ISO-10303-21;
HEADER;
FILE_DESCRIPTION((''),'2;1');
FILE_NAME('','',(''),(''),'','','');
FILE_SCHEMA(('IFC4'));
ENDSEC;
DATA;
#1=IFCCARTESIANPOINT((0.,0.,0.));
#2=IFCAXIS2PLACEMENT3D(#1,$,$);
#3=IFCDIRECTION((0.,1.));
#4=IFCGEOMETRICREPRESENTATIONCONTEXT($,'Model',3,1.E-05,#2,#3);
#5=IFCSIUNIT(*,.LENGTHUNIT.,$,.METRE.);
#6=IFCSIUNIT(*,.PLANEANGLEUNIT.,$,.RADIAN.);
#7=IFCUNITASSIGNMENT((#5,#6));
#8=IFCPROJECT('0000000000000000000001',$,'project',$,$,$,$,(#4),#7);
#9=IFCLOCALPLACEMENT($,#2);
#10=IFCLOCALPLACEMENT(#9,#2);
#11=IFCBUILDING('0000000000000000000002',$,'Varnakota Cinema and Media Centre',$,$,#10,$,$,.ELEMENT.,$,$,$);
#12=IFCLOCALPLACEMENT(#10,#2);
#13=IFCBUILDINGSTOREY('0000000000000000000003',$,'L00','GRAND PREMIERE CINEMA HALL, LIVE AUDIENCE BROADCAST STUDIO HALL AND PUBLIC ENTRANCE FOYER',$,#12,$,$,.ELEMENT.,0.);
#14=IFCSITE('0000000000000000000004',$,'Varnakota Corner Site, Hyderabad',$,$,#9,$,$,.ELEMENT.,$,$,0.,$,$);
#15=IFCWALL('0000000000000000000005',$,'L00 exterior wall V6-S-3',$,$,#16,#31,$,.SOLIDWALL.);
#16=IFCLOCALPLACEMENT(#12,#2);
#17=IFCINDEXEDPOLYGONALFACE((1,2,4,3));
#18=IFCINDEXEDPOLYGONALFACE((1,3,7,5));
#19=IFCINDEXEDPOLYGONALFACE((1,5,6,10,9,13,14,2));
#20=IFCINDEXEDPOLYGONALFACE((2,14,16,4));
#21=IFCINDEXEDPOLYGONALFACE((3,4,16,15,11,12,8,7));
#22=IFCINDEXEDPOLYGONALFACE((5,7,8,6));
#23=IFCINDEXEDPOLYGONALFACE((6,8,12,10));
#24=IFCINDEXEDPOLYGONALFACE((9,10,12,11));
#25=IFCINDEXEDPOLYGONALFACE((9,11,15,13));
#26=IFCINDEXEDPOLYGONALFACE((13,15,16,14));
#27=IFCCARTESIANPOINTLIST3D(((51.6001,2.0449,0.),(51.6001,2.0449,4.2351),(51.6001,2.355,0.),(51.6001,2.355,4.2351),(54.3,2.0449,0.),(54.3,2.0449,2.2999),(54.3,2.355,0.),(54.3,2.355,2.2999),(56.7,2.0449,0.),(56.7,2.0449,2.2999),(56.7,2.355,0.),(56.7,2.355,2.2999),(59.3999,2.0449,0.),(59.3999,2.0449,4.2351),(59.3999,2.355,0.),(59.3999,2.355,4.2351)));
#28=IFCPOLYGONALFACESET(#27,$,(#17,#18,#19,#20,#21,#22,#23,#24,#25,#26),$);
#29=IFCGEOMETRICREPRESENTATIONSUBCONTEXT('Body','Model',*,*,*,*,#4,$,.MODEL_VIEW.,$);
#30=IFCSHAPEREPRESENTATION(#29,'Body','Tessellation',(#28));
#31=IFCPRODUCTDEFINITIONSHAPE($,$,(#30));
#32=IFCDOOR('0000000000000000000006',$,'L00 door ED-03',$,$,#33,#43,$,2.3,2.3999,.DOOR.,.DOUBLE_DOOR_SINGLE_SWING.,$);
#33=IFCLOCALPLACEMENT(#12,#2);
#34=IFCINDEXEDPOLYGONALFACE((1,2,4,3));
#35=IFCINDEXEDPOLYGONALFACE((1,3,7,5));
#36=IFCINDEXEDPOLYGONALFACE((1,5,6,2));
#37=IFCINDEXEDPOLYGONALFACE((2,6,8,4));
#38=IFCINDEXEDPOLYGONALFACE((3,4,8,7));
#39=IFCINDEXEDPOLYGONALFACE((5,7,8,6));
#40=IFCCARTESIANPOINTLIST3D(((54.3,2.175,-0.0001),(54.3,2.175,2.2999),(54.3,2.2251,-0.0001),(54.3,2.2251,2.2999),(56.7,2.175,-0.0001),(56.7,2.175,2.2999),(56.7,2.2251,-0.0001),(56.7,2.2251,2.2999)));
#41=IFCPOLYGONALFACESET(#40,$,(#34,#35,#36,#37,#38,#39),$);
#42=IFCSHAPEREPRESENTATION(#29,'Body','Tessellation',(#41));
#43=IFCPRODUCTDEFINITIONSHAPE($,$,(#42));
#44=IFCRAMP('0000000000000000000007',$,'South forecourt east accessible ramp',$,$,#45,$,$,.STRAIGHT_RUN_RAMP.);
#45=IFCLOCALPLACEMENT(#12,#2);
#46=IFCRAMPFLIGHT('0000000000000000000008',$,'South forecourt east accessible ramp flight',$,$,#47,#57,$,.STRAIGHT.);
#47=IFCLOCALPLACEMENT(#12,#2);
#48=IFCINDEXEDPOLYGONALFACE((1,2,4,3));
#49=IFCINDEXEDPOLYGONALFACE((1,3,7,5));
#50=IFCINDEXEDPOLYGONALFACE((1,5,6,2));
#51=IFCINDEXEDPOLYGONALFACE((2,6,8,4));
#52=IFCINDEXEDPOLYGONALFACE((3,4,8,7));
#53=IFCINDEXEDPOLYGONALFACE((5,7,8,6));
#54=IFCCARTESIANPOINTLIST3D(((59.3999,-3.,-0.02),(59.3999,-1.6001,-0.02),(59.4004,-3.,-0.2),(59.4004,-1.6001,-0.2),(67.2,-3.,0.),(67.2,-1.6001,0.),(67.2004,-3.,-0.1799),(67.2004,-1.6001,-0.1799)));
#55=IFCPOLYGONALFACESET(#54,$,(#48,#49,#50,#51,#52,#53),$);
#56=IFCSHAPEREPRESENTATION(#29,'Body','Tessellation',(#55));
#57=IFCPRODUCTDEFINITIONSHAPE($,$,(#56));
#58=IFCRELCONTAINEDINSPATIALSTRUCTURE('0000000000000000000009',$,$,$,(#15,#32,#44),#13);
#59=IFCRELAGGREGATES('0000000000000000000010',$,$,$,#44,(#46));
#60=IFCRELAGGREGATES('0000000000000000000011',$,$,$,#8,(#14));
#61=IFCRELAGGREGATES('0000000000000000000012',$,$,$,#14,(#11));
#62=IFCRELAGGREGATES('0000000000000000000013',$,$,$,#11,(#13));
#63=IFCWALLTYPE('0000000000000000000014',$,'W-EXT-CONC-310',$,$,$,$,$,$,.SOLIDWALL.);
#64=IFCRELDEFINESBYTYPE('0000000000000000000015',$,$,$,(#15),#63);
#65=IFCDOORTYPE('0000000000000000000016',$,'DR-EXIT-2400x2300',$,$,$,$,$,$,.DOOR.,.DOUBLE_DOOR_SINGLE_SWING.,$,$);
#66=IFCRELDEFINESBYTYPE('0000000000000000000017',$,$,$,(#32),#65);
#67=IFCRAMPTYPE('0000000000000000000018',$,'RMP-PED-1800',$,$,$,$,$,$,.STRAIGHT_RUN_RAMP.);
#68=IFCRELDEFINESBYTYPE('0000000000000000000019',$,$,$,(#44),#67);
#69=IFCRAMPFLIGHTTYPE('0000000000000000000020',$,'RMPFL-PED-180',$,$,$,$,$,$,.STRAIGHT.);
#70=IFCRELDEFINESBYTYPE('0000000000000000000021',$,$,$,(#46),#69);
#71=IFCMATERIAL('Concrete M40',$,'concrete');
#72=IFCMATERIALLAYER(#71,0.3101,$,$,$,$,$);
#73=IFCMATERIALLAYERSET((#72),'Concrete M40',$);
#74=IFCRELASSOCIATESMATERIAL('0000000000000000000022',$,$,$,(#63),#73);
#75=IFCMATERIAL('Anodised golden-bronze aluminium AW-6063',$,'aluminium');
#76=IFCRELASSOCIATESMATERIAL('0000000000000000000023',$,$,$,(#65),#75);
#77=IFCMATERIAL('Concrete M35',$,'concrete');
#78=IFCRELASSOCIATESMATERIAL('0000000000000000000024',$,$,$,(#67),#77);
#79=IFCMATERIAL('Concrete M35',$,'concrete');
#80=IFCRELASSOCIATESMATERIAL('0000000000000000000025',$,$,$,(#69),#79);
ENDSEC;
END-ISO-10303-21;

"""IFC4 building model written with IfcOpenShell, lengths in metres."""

from ifc_helpers import new_model, si_unit, direction, frame, frame_2d, origin, place, context, subcontext, project, spatial, polyline, rectangle, outline, extrude, material, layer, layer_set, type_object, element, fill, aggregate, save


model = new_model("IFC4")

# Units and contexts
model_context = context("Model", 3, precision=1e-05, world=origin(), true_north=direction((0.0, 1.0)))
body_context = subcontext(model_context, "Body", "Model", "MODEL_VIEW")
ifc_project = project(units=[si_unit("LENGTHUNIT", "METRE"), si_unit("PLANEANGLEUNIT", "RADIAN")], contexts=[model_context])

# Site, building, storey
site_placement = place(None, origin())
site = spatial("IfcSite", under=ifc_project, at=site_placement, Name="Varnakota Corner Site, Hyderabad", CompositionType="ELEMENT", RefElevation=0.0)
building_placement = place(site_placement, origin())
building = spatial("IfcBuilding", under=site, at=building_placement, Name="Varnakota Cinema and Media Centre", CompositionType="ELEMENT")
storey_placement = place(building_placement, origin())
storey = spatial("IfcBuildingStorey", under=building, at=storey_placement, Name="L00", Description="GRAND PREMIERE CINEMA HALL, LIVE AUDIENCE BROADCAST STUDIO HALL AND PUBLIC ENTRANCE FOYER", CompositionType="ELEMENT", Elevation=0.0)

# Wall, opening, door
ifc_material_1 = material(Name="Concrete M40", Category="concrete")
ifc_layer_1 = layer(ifc_material_1, 0.3101)
ifc_layer_set_1 = layer_set([ifc_layer_1], Name="Concrete M40")
wall_type = type_object("IfcWallType", Name="W-EXT-CONC-310", PredefinedType="SOLIDWALL", material=ifc_layer_set_1)
wall_placement = place(storey_placement, frame((59.3999, 2.2, 0.0), z_axis=(0.0, 0.0, 1.0), x_axis=(-1.0, 0.0, 0.0)))
wall = element("IfcWall", 1, at=wall_placement, inside=storey, type_object=wall_type, Name="L00 exterior wall V6-S-3", PredefinedType="SOLIDWALL", context=body_context, shape_type="SweptSolid", body=[
    extrude(rectangle(XDim=7.7998, YDim=0.3101, at=frame_2d((3.8999, 0.0))), origin(), (0.0, 0.0, 1.0), 4.2351),
])
opening_placement = place(wall_placement, frame((2.7, 0.0, 0.0)))
opening = element("IfcOpeningElement", 2, at=opening_placement, cuts=wall, PredefinedType="OPENING", context=body_context, shape_type="SweptSolid", body=[
    extrude(rectangle(XDim=2.3999, YDim=2.3, at=frame_2d((1.2, 1.1499))), frame((0.0, 0.155, 0.0), z_axis=(0.0, -1.0, 0.0), x_axis=(1.0, 0.0, 0.0)), (0.0, 0.0, 1.0), 0.3101),
])
ifc_material_2 = material(Name="Anodised golden-bronze aluminium AW-6063", Category="aluminium")
door_type = type_object("IfcDoorType", Name="DR-EXIT-2400x2300", OperationType="DOUBLE_DOOR_SINGLE_SWING", PredefinedType="DOOR", material=ifc_material_2)
door_placement = place(opening_placement, origin())
door = element("IfcDoor", 3, at=door_placement, inside=storey, type_object=door_type, Name="L00 door ED-03", OperationType="DOUBLE_DOOR_SINGLE_SWING", OverallHeight=2.3, OverallWidth=2.3999, PredefinedType="DOOR", context=body_context, shape_type="SweptSolid", body=[
    extrude(rectangle(XDim=2.3999, YDim=2.3, at=frame_2d((1.2, 1.1499))), frame((0.0, 0.0249, 0.0), z_axis=(0.0, -1.0, 0.0), x_axis=(1.0, 0.0, 0.0)), (0.0, 0.0, 1.0), 0.05),
])
fill(opening, door)

# Ramp, ramp flight
ifc_material_3 = material(Name="Concrete M35", Category="concrete")
ramp_type = type_object("IfcRampType", Name="RMP-PED-1800", PredefinedType="STRAIGHT_RUN_RAMP", material=ifc_material_3)
ramp_placement = place(storey_placement, frame((63.3, -2.3, -0.0601), z_axis=(0.0, 0.0, 1.0), x_axis=(1.0, 0.0, 0.0)))
ramp = element("IfcRamp", 4, at=ramp_placement, inside=storey, type_object=ramp_type, Name="South forecourt east accessible ramp", PredefinedType="STRAIGHT_RUN_RAMP")
ifc_material_4 = material(Name="Concrete M35", Category="concrete")
ramp_flight_type = type_object("IfcRampFlightType", Name="RMPFL-PED-180", PredefinedType="STRAIGHT", material=ifc_material_4)
ramp_flight_placement = place(storey_placement, frame((59.3999, -3.0, -0.02), z_axis=(-0.002567, 0.0, 0.999997), x_axis=(0.999997, 0.0, 0.002567)))
ramp_flight = element("IfcRampFlight", 5, at=ramp_flight_placement, type_object=ramp_flight_type, Name="South forecourt east accessible ramp flight", PredefinedType="STRAIGHT", context=body_context, shape_type="SweptSolid", body=[
    extrude(outline(polyline([(0.0, 0.0), (7.8001, 0.0), (7.8001, 1.3999), (0.0, 1.3999), (0.0, 0.0)])), origin(), (0.0, 0.0, -1.0), 0.1799),
])
aggregate(ramp, [ramp_flight])

save(model, "model.ifc")
